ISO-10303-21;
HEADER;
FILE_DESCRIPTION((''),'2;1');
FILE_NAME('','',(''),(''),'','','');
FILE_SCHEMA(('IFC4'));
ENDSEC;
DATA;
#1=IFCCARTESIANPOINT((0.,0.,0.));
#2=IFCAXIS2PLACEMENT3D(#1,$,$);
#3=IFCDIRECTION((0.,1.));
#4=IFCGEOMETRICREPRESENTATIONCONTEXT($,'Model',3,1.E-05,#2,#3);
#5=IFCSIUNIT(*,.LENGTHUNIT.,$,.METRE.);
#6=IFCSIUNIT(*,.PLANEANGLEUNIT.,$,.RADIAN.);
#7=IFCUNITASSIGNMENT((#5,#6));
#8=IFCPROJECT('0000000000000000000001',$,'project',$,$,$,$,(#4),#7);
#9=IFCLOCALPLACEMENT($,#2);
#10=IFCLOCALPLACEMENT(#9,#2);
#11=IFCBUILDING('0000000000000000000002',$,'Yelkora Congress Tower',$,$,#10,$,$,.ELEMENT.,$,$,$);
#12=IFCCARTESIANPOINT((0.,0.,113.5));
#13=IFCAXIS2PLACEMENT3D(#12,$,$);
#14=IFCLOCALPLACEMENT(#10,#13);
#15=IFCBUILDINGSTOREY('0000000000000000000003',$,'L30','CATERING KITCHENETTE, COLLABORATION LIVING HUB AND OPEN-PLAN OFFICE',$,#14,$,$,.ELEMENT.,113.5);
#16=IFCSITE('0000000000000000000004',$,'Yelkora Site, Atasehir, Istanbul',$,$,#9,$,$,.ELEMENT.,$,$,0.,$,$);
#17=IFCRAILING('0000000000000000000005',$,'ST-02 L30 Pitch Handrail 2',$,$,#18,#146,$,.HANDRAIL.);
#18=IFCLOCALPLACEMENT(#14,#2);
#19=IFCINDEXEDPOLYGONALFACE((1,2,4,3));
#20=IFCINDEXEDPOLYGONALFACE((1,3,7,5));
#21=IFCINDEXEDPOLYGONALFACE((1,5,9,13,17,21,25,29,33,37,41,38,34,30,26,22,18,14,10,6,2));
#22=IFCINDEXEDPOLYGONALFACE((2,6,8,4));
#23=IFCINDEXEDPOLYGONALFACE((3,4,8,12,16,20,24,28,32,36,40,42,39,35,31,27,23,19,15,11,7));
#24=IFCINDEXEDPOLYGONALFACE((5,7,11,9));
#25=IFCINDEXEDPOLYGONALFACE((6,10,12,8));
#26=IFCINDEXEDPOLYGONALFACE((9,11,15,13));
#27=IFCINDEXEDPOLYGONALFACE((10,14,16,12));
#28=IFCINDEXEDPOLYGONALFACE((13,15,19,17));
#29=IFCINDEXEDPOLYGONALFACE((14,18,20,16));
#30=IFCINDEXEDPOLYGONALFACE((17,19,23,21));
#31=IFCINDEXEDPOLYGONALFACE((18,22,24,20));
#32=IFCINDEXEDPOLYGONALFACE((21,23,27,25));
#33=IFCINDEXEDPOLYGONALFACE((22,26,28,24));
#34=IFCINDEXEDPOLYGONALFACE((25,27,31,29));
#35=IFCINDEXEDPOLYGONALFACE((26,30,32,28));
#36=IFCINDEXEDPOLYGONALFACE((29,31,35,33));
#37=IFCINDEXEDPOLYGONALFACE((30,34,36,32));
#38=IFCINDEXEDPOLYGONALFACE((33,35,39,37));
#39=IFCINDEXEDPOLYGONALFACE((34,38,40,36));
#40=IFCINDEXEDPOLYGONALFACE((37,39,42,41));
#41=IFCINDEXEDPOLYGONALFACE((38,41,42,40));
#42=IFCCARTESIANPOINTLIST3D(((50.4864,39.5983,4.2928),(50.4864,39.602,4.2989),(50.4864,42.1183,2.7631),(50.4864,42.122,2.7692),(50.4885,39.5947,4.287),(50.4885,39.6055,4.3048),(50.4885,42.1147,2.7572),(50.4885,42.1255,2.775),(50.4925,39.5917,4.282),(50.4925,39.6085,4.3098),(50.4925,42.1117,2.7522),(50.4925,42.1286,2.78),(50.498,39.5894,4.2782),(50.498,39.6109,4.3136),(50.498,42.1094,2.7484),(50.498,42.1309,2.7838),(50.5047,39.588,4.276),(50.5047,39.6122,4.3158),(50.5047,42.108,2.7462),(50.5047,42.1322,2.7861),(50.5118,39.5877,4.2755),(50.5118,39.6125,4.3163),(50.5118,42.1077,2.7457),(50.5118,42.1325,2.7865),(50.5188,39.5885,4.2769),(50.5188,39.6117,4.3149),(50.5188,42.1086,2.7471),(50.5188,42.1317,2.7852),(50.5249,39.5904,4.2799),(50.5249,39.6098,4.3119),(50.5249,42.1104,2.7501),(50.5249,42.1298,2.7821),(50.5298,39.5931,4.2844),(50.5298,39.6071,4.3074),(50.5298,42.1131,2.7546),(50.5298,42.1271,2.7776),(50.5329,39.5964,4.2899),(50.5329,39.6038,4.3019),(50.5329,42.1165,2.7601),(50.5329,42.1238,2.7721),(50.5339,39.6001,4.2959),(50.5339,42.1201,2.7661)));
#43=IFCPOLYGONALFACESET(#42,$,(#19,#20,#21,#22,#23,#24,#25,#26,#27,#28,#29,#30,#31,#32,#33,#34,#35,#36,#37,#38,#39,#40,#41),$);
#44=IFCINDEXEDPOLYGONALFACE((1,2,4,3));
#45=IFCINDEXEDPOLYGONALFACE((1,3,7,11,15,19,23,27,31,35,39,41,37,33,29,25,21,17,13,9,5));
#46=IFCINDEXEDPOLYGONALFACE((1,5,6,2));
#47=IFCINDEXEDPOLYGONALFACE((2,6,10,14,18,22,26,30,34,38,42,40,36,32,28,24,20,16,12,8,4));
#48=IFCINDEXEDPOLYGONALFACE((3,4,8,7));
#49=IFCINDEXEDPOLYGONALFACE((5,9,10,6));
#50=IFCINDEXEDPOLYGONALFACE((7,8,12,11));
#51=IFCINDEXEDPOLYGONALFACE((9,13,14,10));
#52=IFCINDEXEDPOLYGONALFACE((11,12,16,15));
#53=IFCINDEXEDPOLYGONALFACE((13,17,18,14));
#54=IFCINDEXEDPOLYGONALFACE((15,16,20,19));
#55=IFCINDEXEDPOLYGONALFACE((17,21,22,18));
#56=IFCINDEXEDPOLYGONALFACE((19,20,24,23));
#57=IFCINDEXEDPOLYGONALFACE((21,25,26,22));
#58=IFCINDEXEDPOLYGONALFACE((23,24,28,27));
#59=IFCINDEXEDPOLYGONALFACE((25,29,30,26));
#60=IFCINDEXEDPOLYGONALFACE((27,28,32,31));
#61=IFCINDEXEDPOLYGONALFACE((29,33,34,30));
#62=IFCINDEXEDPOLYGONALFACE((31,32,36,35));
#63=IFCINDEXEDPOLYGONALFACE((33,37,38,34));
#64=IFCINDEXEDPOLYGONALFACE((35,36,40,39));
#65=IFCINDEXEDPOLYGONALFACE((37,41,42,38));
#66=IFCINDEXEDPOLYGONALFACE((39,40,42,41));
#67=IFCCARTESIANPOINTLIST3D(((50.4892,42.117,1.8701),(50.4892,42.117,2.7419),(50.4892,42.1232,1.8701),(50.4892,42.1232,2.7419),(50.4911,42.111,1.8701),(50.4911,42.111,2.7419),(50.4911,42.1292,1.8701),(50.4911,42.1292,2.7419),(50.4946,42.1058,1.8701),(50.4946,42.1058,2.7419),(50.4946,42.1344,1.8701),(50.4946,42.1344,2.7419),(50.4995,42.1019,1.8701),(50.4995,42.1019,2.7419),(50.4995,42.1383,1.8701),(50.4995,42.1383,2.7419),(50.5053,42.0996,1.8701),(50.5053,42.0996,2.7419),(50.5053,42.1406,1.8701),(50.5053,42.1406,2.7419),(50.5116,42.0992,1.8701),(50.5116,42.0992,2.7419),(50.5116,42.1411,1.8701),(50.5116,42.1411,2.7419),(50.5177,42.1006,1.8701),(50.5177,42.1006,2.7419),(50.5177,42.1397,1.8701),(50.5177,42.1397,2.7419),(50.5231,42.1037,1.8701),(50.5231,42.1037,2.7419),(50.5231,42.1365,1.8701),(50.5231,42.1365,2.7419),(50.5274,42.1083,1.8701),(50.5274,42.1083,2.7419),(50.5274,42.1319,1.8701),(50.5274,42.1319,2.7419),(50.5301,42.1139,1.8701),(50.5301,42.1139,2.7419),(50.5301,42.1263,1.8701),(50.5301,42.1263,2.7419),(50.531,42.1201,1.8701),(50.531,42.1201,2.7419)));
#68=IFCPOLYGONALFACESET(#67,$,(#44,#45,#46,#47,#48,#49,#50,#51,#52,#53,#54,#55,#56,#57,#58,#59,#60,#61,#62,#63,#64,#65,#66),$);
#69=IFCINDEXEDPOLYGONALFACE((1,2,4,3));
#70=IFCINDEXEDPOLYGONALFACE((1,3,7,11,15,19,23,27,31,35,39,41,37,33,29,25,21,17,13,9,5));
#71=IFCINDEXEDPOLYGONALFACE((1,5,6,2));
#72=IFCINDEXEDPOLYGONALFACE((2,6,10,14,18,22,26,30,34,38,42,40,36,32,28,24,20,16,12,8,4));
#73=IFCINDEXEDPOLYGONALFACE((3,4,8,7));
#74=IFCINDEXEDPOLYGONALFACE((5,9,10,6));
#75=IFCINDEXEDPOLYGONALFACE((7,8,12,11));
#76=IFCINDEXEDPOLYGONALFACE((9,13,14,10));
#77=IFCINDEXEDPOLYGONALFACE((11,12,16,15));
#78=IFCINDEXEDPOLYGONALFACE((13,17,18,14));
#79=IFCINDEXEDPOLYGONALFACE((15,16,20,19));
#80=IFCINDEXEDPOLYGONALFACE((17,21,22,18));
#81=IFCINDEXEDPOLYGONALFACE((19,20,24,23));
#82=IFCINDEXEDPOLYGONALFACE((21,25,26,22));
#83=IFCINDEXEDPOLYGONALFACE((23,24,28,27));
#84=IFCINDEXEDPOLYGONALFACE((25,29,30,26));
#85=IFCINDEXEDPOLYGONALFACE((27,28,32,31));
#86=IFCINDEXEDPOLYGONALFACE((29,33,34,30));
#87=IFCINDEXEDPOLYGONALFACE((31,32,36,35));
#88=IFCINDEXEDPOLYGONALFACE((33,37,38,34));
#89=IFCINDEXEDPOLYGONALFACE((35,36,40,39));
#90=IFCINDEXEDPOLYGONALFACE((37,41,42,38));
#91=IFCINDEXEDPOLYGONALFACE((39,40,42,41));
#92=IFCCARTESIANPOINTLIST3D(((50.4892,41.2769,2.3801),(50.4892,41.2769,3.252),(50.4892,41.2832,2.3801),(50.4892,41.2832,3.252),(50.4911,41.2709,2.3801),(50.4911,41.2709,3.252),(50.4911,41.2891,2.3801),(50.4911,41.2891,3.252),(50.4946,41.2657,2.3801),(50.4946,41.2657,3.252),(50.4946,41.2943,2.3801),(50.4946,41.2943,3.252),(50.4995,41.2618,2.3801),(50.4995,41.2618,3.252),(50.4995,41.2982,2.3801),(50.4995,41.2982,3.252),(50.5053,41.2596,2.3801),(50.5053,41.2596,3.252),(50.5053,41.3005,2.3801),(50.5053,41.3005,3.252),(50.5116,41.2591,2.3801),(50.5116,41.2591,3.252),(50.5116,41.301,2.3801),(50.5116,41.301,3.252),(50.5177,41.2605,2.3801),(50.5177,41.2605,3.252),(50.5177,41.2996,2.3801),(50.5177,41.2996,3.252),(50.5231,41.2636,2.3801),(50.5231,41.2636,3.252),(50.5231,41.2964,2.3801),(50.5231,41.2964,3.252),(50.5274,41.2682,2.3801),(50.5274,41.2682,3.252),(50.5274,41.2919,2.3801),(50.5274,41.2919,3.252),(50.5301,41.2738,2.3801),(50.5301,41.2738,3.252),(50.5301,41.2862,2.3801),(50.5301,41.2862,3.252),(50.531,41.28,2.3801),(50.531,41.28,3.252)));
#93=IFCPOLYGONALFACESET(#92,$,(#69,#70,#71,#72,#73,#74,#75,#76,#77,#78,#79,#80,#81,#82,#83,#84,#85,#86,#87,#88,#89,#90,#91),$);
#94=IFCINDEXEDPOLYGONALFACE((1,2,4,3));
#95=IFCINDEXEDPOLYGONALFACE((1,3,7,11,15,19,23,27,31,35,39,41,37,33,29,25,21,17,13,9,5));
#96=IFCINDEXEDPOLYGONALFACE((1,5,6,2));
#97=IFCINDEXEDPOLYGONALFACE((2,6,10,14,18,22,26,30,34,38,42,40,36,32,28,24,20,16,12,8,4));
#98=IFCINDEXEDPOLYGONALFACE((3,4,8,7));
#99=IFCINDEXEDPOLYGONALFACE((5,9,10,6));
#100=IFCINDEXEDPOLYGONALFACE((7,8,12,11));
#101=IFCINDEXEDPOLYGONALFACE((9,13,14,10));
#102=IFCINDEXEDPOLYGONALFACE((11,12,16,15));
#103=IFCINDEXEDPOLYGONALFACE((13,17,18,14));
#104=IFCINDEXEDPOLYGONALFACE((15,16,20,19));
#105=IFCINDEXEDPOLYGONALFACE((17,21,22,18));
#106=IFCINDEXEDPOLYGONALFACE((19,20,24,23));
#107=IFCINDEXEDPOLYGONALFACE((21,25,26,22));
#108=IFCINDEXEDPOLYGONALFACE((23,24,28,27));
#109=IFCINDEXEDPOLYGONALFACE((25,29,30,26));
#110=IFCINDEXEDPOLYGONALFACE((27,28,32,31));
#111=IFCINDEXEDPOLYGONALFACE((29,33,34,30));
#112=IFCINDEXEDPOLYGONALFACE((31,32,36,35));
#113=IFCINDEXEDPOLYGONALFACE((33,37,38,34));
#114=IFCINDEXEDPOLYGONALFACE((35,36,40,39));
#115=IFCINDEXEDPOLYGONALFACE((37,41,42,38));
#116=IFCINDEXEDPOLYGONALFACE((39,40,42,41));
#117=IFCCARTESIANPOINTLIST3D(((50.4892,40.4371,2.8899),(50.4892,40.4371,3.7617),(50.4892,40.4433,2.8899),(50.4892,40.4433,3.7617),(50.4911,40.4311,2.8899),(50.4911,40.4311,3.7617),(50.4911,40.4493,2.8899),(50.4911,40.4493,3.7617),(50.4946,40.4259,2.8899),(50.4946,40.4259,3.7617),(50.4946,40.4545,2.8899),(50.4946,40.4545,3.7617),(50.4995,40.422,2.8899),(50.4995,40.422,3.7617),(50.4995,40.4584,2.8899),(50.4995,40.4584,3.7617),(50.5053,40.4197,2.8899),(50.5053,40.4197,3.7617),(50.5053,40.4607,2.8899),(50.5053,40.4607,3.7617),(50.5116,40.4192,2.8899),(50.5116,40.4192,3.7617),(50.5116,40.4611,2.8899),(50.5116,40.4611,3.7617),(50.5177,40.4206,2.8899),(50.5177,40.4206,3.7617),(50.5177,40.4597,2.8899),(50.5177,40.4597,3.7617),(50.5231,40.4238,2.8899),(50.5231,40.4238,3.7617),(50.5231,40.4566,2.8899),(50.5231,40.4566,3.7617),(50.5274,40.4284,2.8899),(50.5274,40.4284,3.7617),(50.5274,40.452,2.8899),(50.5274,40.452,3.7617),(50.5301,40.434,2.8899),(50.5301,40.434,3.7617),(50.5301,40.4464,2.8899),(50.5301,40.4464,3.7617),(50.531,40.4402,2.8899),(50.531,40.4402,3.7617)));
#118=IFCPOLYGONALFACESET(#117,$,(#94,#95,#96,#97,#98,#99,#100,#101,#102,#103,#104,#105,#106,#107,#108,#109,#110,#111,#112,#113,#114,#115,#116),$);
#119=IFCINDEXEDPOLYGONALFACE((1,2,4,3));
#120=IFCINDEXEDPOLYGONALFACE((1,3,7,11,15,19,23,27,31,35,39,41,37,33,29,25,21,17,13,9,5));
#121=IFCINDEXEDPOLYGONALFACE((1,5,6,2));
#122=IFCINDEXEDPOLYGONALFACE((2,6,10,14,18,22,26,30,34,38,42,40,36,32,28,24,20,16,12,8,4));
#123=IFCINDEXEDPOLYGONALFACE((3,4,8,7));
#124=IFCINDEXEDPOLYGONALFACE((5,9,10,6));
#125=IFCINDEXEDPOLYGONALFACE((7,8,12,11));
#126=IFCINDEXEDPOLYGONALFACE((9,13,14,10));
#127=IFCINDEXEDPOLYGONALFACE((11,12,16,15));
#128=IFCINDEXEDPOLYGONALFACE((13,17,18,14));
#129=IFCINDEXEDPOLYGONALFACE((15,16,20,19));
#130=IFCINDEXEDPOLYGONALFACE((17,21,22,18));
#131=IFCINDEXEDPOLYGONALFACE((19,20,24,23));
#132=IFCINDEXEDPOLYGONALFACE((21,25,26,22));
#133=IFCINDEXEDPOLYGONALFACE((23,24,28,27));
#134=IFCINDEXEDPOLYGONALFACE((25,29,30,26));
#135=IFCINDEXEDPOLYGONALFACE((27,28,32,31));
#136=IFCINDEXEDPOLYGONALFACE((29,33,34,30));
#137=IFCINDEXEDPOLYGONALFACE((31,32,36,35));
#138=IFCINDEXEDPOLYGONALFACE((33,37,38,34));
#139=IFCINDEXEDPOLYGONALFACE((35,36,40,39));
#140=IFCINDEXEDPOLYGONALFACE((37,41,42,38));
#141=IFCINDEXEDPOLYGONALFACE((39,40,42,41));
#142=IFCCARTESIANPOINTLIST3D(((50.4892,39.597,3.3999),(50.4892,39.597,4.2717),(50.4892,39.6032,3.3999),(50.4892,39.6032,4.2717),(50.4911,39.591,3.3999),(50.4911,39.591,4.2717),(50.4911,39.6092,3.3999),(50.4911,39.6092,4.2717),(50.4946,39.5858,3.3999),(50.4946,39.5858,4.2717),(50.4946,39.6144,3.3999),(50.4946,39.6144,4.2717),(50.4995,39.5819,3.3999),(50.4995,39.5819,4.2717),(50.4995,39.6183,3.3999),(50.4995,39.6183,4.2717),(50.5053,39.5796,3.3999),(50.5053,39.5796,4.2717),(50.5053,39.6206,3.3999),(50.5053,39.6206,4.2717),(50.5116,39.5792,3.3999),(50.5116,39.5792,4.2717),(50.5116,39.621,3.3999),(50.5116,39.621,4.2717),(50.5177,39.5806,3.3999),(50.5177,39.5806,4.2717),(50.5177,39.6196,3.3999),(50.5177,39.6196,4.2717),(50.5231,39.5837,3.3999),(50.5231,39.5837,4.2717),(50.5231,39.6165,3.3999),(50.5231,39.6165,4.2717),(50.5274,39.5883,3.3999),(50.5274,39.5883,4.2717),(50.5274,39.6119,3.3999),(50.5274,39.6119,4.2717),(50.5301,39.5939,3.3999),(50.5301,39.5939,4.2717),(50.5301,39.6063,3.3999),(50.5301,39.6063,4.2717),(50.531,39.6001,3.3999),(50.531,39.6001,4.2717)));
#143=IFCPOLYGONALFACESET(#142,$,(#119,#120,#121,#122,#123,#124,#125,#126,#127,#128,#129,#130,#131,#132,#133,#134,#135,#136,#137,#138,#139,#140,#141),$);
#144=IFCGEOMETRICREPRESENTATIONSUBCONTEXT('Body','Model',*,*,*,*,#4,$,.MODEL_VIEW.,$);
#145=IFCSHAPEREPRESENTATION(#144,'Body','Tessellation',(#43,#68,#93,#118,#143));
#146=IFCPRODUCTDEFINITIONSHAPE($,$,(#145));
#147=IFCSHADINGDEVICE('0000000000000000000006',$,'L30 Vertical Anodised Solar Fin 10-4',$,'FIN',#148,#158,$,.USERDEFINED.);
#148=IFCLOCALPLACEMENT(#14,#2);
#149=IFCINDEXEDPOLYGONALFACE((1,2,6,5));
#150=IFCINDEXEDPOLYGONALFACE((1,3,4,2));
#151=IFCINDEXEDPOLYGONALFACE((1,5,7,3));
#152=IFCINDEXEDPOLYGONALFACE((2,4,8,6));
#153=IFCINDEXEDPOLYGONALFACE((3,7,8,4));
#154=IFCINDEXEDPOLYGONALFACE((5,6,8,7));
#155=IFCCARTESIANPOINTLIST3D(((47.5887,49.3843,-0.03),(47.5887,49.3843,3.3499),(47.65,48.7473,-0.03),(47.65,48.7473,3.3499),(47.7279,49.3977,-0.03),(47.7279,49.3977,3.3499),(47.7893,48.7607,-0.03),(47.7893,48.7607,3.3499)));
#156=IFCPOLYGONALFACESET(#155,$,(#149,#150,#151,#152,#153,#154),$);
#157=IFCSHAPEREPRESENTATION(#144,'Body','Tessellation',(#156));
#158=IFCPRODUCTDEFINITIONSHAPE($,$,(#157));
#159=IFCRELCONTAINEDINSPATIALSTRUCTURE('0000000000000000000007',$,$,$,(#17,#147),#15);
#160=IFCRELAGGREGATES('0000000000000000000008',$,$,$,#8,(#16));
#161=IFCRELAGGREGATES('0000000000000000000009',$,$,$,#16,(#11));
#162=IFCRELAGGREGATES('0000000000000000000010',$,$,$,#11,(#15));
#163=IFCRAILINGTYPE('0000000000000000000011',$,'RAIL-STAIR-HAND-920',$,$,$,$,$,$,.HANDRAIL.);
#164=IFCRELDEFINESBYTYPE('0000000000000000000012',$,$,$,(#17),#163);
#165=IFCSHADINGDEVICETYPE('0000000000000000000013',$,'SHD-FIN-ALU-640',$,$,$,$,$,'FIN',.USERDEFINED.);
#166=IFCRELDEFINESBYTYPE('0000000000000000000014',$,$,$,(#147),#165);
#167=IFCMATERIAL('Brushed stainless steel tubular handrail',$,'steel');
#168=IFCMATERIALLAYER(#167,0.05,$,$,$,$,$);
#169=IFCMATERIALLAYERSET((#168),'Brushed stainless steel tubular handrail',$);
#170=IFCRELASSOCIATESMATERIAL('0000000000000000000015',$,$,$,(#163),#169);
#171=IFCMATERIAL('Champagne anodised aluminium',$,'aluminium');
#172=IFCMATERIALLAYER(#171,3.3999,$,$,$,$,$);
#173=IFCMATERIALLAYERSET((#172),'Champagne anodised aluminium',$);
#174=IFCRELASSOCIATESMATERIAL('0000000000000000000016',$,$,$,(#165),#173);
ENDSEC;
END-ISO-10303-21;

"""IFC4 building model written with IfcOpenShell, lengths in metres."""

from ifc_helpers import new_model, si_unit, direction, frame, origin, origin_2d, place, context, subcontext, project, spatial, rectangle, circle, extrude, material, layer, layer_set, type_object, element, save


model = new_model("IFC4")

# Units and contexts
model_context = context("Model", 3, precision=1e-05, world=origin(), true_north=direction((0.0, 1.0)))
body_context = subcontext(model_context, "Body", "Model", "MODEL_VIEW")
ifc_project = project(units=[si_unit("LENGTHUNIT", "METRE"), si_unit("PLANEANGLEUNIT", "RADIAN")], contexts=[model_context])

# Site, building, storey
site_placement = place(None, origin())
site = spatial("IfcSite", under=ifc_project, at=site_placement, Name="Yelkora Site, Atasehir, Istanbul", CompositionType="ELEMENT", RefElevation=0.0)
building_placement = place(site_placement, origin())
building = spatial("IfcBuilding", under=site, at=building_placement, Name="Yelkora Congress Tower", CompositionType="ELEMENT")
storey_placement = place(building_placement, frame((0.0, 0.0, 113.5)))
storey = spatial("IfcBuildingStorey", under=building, at=storey_placement, Name="L30", Description="CATERING KITCHENETTE, COLLABORATION LIVING HUB AND OPEN-PLAN OFFICE", CompositionType="ELEMENT", Elevation=113.5)

# Railing
ifc_material_1 = material(Name="Brushed stainless steel tubular handrail", Category="steel")
ifc_layer_1 = layer(ifc_material_1, 0.05)
ifc_layer_set_1 = layer_set([ifc_layer_1], Name="Brushed stainless steel tubular handrail")
railing_type_1 = type_object("IfcRailingType", Name="RAIL-STAIR-HAND-920", PredefinedType="HANDRAIL", material=ifc_layer_set_1)
railing_1_placement = place(storey_placement, frame((50.51, 42.1201, 1.8701)))
element("IfcRailing", 1, at=railing_1_placement, inside=storey, type_object=railing_type_1, Name="ST-02 L30 Pitch Handrail 2", PredefinedType="HANDRAIL", context=body_context, shape_type="SweptSolid", body=[
    extrude(circle(Radius=0.0239, at=origin_2d()), frame((0.0, 0.0, 0.896), z_axis=(0.0, -0.854822, 0.518922), x_axis=(1.0, 0.0, 0.0)), (0.0, 0.0, 1.0), 2.948),
    extrude(circle(Radius=0.021, at=origin_2d()), origin(), (0.0, 0.0, 1.0), 0.8718),
    extrude(circle(Radius=0.021, at=origin_2d()), frame((0.0, -0.8401, 0.51)), (0.0, 0.0, 1.0), 0.8718),
    extrude(circle(Radius=0.021, at=origin_2d()), frame((0.0, -1.6799, 1.0198)), (0.0, 0.0, 1.0), 0.8718),
    extrude(circle(Radius=0.021, at=origin_2d()), frame((0.0, -2.52, 1.5298)), (0.0, 0.0, 1.0), 0.8718),
])

# Shading device
ifc_material_2 = material(Name="Champagne anodised aluminium", Category="aluminium")
ifc_layer_2 = layer(ifc_material_2, 3.3999)
ifc_layer_set_2 = layer_set([ifc_layer_2], Name="Champagne anodised aluminium")
shading_device_type = type_object("IfcShadingDeviceType", Name="SHD-FIN-ALU-640", ElementType="FIN", PredefinedType="USERDEFINED", material=ifc_layer_set_2)
shading_device_placement = place(storey_placement, frame((47.689, 49.0725, -0.03), z_axis=(0.0, 0.0, 1.0), x_axis=(0.995396, 0.095846, 0.0)))
element("IfcShadingDevice", 2, at=shading_device_placement, inside=storey, type_object=shading_device_type, Name="L30 Vertical Anodised Solar Fin 10-4", ObjectType="FIN", PredefinedType="USERDEFINED", context=body_context, shape_type="SweptSolid", body=[
    extrude(rectangle(XDim=0.1399, YDim=0.6399, at=origin_2d()), origin(), (0.0, 0.0, 1.0), 3.3799),
])

save(model, "model.ifc")
